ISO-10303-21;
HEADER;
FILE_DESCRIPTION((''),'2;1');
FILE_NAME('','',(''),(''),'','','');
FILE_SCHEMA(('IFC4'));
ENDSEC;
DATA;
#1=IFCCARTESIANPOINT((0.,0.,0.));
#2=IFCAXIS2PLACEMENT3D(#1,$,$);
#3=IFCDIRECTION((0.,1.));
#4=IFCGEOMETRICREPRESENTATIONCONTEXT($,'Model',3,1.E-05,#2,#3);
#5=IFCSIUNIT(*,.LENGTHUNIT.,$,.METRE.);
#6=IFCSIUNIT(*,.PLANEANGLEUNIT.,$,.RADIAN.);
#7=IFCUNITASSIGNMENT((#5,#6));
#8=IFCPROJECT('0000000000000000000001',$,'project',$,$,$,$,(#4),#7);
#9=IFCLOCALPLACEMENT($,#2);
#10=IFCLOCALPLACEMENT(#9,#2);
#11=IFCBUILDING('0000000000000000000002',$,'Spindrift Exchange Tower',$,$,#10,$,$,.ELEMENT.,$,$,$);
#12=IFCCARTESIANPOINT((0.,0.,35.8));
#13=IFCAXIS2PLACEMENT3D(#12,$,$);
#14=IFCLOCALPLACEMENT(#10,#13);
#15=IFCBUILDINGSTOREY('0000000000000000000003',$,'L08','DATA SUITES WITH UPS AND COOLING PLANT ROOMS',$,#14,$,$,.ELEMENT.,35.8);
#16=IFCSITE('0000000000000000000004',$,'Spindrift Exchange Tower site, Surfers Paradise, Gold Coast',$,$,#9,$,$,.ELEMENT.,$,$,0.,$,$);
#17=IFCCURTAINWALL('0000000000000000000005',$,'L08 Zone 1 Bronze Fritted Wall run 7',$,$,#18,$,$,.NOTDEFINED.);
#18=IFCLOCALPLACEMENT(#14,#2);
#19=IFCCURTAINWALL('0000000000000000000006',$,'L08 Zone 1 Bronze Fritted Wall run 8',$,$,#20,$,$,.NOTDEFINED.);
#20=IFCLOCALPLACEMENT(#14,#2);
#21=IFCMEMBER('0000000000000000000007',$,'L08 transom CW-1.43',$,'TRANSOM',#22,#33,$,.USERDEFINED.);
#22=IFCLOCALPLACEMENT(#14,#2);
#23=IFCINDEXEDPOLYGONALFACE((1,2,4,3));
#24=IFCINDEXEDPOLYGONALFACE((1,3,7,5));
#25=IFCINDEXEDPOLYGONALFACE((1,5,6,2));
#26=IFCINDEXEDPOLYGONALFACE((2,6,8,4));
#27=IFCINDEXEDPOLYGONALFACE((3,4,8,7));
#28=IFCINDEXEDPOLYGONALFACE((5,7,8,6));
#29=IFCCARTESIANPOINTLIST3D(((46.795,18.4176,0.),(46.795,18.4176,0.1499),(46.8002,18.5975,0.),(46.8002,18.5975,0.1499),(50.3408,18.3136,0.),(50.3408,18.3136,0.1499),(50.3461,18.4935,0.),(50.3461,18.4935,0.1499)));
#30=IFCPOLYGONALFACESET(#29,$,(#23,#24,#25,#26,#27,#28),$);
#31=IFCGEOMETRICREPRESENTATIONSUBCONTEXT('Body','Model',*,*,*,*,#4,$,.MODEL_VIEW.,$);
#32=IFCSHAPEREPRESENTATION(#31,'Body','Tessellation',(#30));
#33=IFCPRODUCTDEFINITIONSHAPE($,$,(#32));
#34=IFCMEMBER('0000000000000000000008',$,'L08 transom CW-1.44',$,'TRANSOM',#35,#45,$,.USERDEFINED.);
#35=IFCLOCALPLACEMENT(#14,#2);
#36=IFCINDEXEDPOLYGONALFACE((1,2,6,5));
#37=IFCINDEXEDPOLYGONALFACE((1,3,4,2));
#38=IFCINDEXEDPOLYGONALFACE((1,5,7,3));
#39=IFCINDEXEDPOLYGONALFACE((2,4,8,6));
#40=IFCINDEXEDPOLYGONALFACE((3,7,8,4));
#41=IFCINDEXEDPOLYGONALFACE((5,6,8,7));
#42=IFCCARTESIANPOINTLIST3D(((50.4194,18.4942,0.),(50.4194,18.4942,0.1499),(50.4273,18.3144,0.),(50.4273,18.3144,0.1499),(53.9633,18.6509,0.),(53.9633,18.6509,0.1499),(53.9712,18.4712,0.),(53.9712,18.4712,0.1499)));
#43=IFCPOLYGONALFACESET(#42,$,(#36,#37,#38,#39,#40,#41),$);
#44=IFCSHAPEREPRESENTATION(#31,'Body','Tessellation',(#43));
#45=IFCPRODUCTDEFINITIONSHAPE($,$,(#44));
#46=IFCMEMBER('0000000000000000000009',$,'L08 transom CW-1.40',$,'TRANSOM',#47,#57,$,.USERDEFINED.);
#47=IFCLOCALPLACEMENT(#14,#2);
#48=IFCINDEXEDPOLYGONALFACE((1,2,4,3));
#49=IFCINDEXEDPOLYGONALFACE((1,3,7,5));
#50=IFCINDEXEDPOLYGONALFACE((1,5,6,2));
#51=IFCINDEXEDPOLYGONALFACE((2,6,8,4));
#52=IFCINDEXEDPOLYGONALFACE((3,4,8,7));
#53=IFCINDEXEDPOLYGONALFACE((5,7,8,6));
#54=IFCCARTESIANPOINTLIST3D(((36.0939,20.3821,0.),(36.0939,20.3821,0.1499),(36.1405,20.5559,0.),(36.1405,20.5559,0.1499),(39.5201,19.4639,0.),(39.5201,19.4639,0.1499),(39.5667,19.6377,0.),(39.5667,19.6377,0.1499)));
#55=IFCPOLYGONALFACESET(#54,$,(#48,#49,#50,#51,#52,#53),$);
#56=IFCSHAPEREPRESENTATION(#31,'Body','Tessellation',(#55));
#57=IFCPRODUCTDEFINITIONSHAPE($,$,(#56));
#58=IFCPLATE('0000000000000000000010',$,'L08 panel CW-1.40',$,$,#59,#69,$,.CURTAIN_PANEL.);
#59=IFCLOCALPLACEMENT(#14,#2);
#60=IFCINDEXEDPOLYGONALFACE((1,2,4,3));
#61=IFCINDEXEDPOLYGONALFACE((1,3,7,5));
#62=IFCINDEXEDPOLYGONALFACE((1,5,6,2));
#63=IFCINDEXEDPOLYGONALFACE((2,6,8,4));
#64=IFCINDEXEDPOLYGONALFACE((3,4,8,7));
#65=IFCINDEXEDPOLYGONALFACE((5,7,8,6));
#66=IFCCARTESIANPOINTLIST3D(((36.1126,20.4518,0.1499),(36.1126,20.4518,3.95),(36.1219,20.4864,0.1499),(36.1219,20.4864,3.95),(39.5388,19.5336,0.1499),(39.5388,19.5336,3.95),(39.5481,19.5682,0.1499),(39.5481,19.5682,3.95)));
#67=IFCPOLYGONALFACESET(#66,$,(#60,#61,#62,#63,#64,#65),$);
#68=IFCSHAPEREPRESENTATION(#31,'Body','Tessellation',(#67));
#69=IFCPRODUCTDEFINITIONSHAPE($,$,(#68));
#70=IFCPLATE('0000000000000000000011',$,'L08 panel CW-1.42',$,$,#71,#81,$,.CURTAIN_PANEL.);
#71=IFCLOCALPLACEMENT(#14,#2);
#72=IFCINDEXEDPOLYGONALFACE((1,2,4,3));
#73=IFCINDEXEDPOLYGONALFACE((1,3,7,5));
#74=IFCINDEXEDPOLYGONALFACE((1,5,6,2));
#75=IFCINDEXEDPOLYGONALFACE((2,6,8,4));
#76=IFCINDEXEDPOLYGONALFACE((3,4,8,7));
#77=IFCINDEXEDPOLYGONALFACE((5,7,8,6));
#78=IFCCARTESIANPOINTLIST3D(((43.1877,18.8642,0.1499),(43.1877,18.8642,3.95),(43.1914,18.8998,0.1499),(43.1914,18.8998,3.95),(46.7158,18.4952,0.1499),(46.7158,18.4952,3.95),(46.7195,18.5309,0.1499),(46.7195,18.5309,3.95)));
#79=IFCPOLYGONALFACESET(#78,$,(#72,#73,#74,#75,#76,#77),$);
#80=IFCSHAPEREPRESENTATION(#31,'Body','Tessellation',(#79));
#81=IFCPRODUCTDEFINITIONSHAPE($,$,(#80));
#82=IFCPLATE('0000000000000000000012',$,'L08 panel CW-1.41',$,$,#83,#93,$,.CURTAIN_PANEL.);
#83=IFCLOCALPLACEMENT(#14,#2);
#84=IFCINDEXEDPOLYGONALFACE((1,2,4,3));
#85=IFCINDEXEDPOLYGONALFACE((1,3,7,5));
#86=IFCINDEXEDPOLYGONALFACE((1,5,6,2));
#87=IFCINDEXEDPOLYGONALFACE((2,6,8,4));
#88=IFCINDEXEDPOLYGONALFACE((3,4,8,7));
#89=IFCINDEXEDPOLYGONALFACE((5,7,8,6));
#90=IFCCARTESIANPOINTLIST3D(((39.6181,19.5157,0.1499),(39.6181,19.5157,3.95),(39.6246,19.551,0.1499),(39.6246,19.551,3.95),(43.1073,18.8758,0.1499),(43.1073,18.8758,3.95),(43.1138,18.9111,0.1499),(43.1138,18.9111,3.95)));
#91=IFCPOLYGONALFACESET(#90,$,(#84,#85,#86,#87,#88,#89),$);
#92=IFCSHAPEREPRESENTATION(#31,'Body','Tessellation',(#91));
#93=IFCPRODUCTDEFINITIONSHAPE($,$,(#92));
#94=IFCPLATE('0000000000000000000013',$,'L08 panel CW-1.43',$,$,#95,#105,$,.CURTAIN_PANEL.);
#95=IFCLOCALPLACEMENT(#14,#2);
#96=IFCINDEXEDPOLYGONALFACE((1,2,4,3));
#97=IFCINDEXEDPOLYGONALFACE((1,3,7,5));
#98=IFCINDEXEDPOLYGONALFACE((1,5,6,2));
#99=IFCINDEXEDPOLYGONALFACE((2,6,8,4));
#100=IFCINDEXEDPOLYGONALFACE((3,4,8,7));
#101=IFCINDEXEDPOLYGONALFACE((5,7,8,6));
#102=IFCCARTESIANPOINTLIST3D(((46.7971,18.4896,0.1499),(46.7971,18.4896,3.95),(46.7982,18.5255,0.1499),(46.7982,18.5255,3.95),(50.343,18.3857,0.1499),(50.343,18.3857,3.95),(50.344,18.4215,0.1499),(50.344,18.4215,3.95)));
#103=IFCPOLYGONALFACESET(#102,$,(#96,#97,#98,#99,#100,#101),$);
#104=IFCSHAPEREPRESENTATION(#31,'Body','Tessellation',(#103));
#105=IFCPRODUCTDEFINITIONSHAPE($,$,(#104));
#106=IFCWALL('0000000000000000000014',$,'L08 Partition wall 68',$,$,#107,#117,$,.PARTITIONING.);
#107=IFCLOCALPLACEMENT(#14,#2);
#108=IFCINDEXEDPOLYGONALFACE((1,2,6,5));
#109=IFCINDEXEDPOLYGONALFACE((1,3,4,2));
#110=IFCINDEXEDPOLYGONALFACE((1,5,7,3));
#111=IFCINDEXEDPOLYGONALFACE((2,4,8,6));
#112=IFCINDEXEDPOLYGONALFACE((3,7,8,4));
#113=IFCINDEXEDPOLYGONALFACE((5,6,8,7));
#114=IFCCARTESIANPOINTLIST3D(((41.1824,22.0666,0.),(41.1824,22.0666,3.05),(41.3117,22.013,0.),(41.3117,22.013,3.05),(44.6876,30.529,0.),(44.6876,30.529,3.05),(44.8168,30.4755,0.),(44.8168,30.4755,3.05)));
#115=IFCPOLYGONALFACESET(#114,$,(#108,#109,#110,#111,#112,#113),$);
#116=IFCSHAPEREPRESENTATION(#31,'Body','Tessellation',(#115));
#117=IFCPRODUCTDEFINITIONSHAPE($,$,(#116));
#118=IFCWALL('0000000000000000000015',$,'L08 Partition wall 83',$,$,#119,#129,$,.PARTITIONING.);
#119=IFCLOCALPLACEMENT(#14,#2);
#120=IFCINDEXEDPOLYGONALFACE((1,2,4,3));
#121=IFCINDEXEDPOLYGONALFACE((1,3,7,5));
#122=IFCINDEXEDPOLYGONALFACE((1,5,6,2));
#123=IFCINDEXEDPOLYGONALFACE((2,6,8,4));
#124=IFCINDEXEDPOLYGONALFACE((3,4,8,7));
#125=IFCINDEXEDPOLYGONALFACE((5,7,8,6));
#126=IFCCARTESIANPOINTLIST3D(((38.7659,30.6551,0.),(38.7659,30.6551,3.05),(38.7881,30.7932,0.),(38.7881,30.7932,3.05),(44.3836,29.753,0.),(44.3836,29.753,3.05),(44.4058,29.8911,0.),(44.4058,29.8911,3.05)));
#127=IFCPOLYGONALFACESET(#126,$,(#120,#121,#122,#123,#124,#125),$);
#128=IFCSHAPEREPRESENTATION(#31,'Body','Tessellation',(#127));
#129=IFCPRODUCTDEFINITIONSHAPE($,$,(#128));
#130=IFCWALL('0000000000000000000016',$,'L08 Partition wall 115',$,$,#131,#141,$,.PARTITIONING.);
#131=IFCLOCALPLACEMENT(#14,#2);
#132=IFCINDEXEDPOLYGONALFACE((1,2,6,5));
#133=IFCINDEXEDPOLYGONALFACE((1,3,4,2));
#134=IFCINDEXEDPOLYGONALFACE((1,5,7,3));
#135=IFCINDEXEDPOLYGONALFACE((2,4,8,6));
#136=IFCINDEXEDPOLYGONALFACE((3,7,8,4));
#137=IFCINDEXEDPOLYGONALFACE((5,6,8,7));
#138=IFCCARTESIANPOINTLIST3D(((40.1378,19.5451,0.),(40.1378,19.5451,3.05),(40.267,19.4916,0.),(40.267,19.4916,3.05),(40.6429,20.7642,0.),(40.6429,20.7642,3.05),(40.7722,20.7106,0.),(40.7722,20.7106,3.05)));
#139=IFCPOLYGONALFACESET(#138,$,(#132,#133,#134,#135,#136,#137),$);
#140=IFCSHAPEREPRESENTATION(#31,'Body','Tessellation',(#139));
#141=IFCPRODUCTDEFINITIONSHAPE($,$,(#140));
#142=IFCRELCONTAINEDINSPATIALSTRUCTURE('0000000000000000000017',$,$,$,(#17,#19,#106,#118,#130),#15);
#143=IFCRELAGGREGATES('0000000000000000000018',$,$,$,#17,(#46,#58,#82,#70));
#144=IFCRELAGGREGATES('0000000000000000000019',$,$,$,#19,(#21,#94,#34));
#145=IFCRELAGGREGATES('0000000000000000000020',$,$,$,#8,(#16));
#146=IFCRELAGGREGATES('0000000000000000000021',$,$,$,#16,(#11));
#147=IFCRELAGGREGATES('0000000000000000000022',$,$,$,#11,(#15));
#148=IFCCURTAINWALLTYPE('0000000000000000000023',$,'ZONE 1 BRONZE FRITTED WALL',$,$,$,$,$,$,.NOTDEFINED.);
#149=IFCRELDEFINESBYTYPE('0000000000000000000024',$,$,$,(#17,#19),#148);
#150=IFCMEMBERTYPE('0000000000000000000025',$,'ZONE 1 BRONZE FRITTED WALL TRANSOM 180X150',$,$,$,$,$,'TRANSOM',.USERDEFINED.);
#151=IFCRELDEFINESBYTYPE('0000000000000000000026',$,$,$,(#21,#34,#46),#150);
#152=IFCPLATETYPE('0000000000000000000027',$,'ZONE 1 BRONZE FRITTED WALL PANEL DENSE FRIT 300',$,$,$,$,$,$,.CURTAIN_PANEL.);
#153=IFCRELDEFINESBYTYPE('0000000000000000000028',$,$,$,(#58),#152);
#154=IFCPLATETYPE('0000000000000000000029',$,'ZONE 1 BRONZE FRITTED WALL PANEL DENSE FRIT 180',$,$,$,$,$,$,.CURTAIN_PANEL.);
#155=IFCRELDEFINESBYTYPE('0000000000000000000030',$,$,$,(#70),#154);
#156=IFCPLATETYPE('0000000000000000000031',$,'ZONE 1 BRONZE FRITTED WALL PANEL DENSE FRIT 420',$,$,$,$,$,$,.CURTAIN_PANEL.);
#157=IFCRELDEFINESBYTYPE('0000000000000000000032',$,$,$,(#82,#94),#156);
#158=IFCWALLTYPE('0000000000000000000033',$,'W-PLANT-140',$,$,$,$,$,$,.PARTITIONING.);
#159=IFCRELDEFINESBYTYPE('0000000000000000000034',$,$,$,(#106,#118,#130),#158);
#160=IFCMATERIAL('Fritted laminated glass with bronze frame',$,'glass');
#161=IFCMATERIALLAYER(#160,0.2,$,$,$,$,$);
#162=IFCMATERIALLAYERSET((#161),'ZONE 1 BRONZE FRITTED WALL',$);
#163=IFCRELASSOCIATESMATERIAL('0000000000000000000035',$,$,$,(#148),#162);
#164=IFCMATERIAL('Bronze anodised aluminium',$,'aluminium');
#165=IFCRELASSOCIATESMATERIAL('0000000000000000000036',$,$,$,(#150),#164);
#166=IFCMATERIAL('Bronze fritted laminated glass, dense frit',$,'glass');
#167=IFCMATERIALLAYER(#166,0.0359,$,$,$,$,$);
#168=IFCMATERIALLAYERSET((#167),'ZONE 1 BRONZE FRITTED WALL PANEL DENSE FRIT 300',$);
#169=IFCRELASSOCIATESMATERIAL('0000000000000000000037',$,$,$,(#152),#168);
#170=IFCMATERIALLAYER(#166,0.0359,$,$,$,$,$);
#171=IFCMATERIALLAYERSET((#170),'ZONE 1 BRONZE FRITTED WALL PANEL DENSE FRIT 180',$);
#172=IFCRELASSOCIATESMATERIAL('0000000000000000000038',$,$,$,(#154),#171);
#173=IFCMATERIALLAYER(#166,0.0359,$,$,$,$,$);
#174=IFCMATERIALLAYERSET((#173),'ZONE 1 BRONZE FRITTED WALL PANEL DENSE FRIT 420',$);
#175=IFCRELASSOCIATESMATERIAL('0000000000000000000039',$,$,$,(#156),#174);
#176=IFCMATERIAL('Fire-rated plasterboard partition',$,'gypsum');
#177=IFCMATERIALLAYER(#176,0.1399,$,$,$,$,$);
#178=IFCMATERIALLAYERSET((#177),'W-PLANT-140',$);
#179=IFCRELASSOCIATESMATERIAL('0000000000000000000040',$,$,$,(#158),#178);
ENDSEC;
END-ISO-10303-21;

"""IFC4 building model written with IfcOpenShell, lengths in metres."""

from ifc_helpers import new_model, si_unit, direction, frame, frame_2d, origin, origin_2d, place, context, subcontext, project, spatial, rectangle, extrude, source, transform, mapped, material, layer, layer_set, material_profile, profile_set, type_object, element, aggregate, save


model = new_model("IFC4")

# Units and contexts
model_context = context("Model", 3, precision=1e-05, world=origin(), true_north=direction((0.0, 1.0)))
body_context = subcontext(model_context, "Body", "Model", "MODEL_VIEW")
ifc_project = project(units=[si_unit("LENGTHUNIT", "METRE"), si_unit("PLANEANGLEUNIT", "RADIAN")], contexts=[model_context])

# Site, building, storey
site_placement = place(None, origin())
site = spatial("IfcSite", under=ifc_project, at=site_placement, Name="Spindrift Exchange Tower site, Surfers Paradise, Gold Coast", CompositionType="ELEMENT", RefElevation=0.0)
building_placement = place(site_placement, origin())
building = spatial("IfcBuilding", under=site, at=building_placement, Name="Spindrift Exchange Tower", CompositionType="ELEMENT")
storey_placement = place(building_placement, frame((0.0, 0.0, 35.8)))
storey = spatial("IfcBuildingStorey", under=building, at=storey_placement, Name="L08", Description="DATA SUITES WITH UPS AND COOLING PLANT ROOMS", CompositionType="ELEMENT", Elevation=35.8)

# Curtain walls
ifc_material_1 = material(Name="Fritted laminated glass with bronze frame", Category="glass")
ifc_layer_1 = layer(ifc_material_1, 0.2)
ifc_layer_set_1 = layer_set([ifc_layer_1], Name="ZONE 1 BRONZE FRITTED WALL")
curtain_wall_type = type_object("IfcCurtainWallType", Name="ZONE 1 BRONZE FRITTED WALL", PredefinedType="NOTDEFINED", material=ifc_layer_set_1)
curtain_wall_1_placement = place(storey_placement, origin())
curtain_wall_1 = element("IfcCurtainWall", 1, at=curtain_wall_1_placement, inside=storey, type_object=curtain_wall_type, Name="L08 Zone 1 Bronze Fritted Wall run 7", PredefinedType="NOTDEFINED")
ifc_material_2 = material(Name="Bronze anodised aluminium", Category="aluminium")
curtain_wall_2_placement = place(storey_placement, origin())
curtain_wall_2 = element("IfcCurtainWall", 2, at=curtain_wall_2_placement, inside=storey, type_object=curtain_wall_type, Name="L08 Zone 1 Bronze Fritted Wall run 8", PredefinedType="NOTDEFINED")

# Members
ifc_material_profile_1 = material_profile(ifc_material_2, rectangle(XDim=0.1799, YDim=0.1499, at=origin_2d()), Name="ZONE 1 BRONZE FRITTED WALL TRANSOM 180X150")
ifc_profile_set_1 = profile_set([ifc_material_profile_1], Name="Bronze anodised aluminium")
member_type_1 = type_object("IfcMemberType", Name="ZONE 1 BRONZE FRITTED WALL TRANSOM 180X150", ElementType="TRANSOM", PredefinedType="USERDEFINED", material=ifc_profile_set_1)
shared_shape_1 = source(origin(), body_context, "Body", "SweptSolid", [
    extrude(rectangle(XDim=0.1799, YDim=0.1499, at=origin_2d()), origin(), (0.0, 0.0, 1.0), 3.5474),
])
member_1_placement = place(storey_placement, frame((46.7976, 18.5076, 0.075), z_axis=(0.99957, -0.029318, 0.0), x_axis=(0.029318, 0.99957, 0.0)))
member_1 = element("IfcMember", 3, at=member_1_placement, type_object=member_type_1, Name="L08 transom CW-1.43", ObjectType="TRANSOM", PredefinedType="USERDEFINED", context=body_context, shape_type="MappedRepresentation", body=[
    mapped(shared_shape_1, transform((0.0, 0.0, 0.0), scale=1.0)),
])
member_2_placement = place(storey_placement, frame((50.4233, 18.4043, 0.075), z_axis=(0.999023, 0.044184, 0.0), x_axis=(-0.044184, 0.999023, 0.0)))
member_2 = element("IfcMember", 4, at=member_2_placement, type_object=member_type_1, Name="L08 transom CW-1.44", ObjectType="TRANSOM", PredefinedType="USERDEFINED", context=body_context, shape_type="MappedRepresentation", body=[
    mapped(shared_shape_1, transform((0.0, 0.0, 0.0), scale=1.0)),
])
shared_shape_2 = source(origin(), body_context, "Body", "SweptSolid", [
    extrude(rectangle(XDim=0.1799, YDim=0.1499, at=origin_2d()), origin(), (0.0, 0.0, 1.0), 3.5471),
])
member_3_placement = place(storey_placement, frame((36.1172, 20.469, 0.075), z_axis=(0.965915, -0.258858, 0.0), x_axis=(0.258858, 0.965915, 0.0)))
member_3 = element("IfcMember", 5, at=member_3_placement, type_object=member_type_1, Name="L08 transom CW-1.40", ObjectType="TRANSOM", PredefinedType="USERDEFINED", context=body_context, shape_type="MappedRepresentation", body=[
    mapped(shared_shape_2, transform((0.0, 0.0, 0.0), scale=1.0)),
])

# Plates
ifc_material_3 = material(Name="Bronze fritted laminated glass, dense frit", Category="glass")
ifc_layer_2 = layer(ifc_material_3, 0.0359)
ifc_layer_set_2 = layer_set([ifc_layer_2], Name="ZONE 1 BRONZE FRITTED WALL PANEL DENSE FRIT 300")
plate_type_1 = type_object("IfcPlateType", Name="ZONE 1 BRONZE FRITTED WALL PANEL DENSE FRIT 300", PredefinedType="CURTAIN_PANEL", material=ifc_layer_set_2)
shared_shape_3 = source(origin(), body_context, "Body", "SweptSolid", [
    extrude(rectangle(XDim=3.5471, YDim=0.0359, at=origin_2d()), origin(), (0.0, 0.0, 1.0), 3.8),
])
plate_1_placement = place(storey_placement, frame((37.8303, 20.01, 0.1499), z_axis=(0.0, 0.0, 1.0), x_axis=(0.965916, -0.258854, 0.0)))
plate_1 = element("IfcPlate", 6, at=plate_1_placement, type_object=plate_type_1, Name="L08 panel CW-1.40", PredefinedType="CURTAIN_PANEL", context=body_context, shape_type="MappedRepresentation", body=[
    mapped(shared_shape_3, transform((0.0, 0.0, 0.0), scale=1.0)),
])
ifc_layer_3 = layer(ifc_material_3, 0.0359)
ifc_layer_set_3 = layer_set([ifc_layer_3], Name="ZONE 1 BRONZE FRITTED WALL PANEL DENSE FRIT 180")
plate_type_2 = type_object("IfcPlateType", Name="ZONE 1 BRONZE FRITTED WALL PANEL DENSE FRIT 180", PredefinedType="CURTAIN_PANEL", material=ifc_layer_set_3)
shared_shape_4 = source(origin(), body_context, "Body", "SweptSolid", [
    extrude(rectangle(XDim=3.5474, YDim=0.0359, at=origin_2d()), origin(), (0.0, 0.0, 1.0), 3.8),
])
plate_2_placement = place(storey_placement, frame((44.9536, 18.6975, 0.1499), z_axis=(0.0, 0.0, 1.0), x_axis=(0.994576, -0.104015, 0.0)))
plate_2 = element("IfcPlate", 7, at=plate_2_placement, type_object=plate_type_2, Name="L08 panel CW-1.42", PredefinedType="CURTAIN_PANEL", context=body_context, shape_type="MappedRepresentation", body=[
    mapped(shared_shape_4, transform((0.0, 0.0, 0.0), scale=1.0)),
])
ifc_layer_4 = layer(ifc_material_3, 0.0359)
ifc_layer_set_4 = layer_set([ifc_layer_4], Name="ZONE 1 BRONZE FRITTED WALL PANEL DENSE FRIT 420")
plate_type_3 = type_object("IfcPlateType", Name="ZONE 1 BRONZE FRITTED WALL PANEL DENSE FRIT 420", PredefinedType="CURTAIN_PANEL", material=ifc_layer_set_4)
shared_shape_5 = source(origin(), body_context, "Body", "SweptSolid", [
    extrude(rectangle(XDim=3.5474, YDim=0.0359, at=origin_2d()), origin(), (0.0, 0.0, 1.0), 3.8),
])
plate_3_placement = place(storey_placement, frame((41.366, 19.2134, 0.1499), z_axis=(0.0, 0.0, 1.0), x_axis=(0.983597, -0.180382, 0.0)))
plate_3 = element("IfcPlate", 8, at=plate_3_placement, type_object=plate_type_3, Name="L08 panel CW-1.41", PredefinedType="CURTAIN_PANEL", context=body_context, shape_type="MappedRepresentation", body=[
    mapped(shared_shape_5, transform((0.0, 0.0, 0.0), scale=1.0)),
])
aggregate(curtain_wall_1, [member_3, plate_1, plate_3, plate_2])
plate_4_placement = place(storey_placement, frame((48.5706, 18.4556, 0.1499), z_axis=(0.0, 0.0, 1.0), x_axis=(0.999571, -0.029305, 0.0)))
plate_4 = element("IfcPlate", 9, at=plate_4_placement, type_object=plate_type_3, Name="L08 panel CW-1.43", PredefinedType="CURTAIN_PANEL", context=body_context, shape_type="MappedRepresentation", body=[
    mapped(shared_shape_5, transform((0.0, 0.0, 0.0), scale=1.0)),
])
aggregate(curtain_wall_2, [member_1, plate_4, member_2])

# Walls
ifc_material_4 = material(Name="Fire-rated plasterboard partition", Category="gypsum")
ifc_layer_5 = layer(ifc_material_4, 0.1399)
ifc_layer_set_5 = layer_set([ifc_layer_5], Name="W-PLANT-140")
wall_type = type_object("IfcWallType", Name="W-PLANT-140", PredefinedType="PARTITIONING", material=ifc_layer_set_5)
wall_1_placement = place(storey_placement, frame((41.2471, 22.0398, 0.0), z_axis=(0.0, 0.0, 1.0), x_axis=(0.382673, 0.923884, 0.0)))
element("IfcWall", 10, at=wall_1_placement, inside=storey, type_object=wall_type, Name="L08 Partition wall 68", PredefinedType="PARTITIONING", context=body_context, shape_type="SweptSolid", body=[
    extrude(rectangle(XDim=9.1597, YDim=0.1399, at=frame_2d((4.5798, 0.0))), origin(), (0.0, 0.0, 1.0), 3.05),
])
wall_2_placement = place(storey_placement, frame((38.7771, 30.7241, 0.0), z_axis=(0.0, 0.0, 1.0), x_axis=(0.987351, -0.158551, 0.0)))
element("IfcWall", 11, at=wall_2_placement, inside=storey, type_object=wall_type, Name="L08 Partition wall 83", PredefinedType="PARTITIONING", context=body_context, shape_type="SweptSolid", body=[
    extrude(rectangle(XDim=5.6897, YDim=0.1399, at=frame_2d((2.8447, 0.0))), origin(), (0.0, 0.0, 1.0), 3.05),
])
wall_3_placement = place(storey_placement, frame((40.7075, 20.7373, 0.0), z_axis=(0.0, 0.0, 1.0), x_axis=(-0.382815, -0.923825, 0.0)))
element("IfcWall", 12, at=wall_3_placement, inside=storey, type_object=wall_type, Name="L08 Partition wall 115", PredefinedType="PARTITIONING", context=body_context, shape_type="SweptSolid", body=[
    extrude(rectangle(XDim=1.3196, YDim=0.1399, at=frame_2d((0.6597, 0.0))), origin(), (0.0, 0.0, 1.0), 3.05),
])

save(model, "model.ifc")
